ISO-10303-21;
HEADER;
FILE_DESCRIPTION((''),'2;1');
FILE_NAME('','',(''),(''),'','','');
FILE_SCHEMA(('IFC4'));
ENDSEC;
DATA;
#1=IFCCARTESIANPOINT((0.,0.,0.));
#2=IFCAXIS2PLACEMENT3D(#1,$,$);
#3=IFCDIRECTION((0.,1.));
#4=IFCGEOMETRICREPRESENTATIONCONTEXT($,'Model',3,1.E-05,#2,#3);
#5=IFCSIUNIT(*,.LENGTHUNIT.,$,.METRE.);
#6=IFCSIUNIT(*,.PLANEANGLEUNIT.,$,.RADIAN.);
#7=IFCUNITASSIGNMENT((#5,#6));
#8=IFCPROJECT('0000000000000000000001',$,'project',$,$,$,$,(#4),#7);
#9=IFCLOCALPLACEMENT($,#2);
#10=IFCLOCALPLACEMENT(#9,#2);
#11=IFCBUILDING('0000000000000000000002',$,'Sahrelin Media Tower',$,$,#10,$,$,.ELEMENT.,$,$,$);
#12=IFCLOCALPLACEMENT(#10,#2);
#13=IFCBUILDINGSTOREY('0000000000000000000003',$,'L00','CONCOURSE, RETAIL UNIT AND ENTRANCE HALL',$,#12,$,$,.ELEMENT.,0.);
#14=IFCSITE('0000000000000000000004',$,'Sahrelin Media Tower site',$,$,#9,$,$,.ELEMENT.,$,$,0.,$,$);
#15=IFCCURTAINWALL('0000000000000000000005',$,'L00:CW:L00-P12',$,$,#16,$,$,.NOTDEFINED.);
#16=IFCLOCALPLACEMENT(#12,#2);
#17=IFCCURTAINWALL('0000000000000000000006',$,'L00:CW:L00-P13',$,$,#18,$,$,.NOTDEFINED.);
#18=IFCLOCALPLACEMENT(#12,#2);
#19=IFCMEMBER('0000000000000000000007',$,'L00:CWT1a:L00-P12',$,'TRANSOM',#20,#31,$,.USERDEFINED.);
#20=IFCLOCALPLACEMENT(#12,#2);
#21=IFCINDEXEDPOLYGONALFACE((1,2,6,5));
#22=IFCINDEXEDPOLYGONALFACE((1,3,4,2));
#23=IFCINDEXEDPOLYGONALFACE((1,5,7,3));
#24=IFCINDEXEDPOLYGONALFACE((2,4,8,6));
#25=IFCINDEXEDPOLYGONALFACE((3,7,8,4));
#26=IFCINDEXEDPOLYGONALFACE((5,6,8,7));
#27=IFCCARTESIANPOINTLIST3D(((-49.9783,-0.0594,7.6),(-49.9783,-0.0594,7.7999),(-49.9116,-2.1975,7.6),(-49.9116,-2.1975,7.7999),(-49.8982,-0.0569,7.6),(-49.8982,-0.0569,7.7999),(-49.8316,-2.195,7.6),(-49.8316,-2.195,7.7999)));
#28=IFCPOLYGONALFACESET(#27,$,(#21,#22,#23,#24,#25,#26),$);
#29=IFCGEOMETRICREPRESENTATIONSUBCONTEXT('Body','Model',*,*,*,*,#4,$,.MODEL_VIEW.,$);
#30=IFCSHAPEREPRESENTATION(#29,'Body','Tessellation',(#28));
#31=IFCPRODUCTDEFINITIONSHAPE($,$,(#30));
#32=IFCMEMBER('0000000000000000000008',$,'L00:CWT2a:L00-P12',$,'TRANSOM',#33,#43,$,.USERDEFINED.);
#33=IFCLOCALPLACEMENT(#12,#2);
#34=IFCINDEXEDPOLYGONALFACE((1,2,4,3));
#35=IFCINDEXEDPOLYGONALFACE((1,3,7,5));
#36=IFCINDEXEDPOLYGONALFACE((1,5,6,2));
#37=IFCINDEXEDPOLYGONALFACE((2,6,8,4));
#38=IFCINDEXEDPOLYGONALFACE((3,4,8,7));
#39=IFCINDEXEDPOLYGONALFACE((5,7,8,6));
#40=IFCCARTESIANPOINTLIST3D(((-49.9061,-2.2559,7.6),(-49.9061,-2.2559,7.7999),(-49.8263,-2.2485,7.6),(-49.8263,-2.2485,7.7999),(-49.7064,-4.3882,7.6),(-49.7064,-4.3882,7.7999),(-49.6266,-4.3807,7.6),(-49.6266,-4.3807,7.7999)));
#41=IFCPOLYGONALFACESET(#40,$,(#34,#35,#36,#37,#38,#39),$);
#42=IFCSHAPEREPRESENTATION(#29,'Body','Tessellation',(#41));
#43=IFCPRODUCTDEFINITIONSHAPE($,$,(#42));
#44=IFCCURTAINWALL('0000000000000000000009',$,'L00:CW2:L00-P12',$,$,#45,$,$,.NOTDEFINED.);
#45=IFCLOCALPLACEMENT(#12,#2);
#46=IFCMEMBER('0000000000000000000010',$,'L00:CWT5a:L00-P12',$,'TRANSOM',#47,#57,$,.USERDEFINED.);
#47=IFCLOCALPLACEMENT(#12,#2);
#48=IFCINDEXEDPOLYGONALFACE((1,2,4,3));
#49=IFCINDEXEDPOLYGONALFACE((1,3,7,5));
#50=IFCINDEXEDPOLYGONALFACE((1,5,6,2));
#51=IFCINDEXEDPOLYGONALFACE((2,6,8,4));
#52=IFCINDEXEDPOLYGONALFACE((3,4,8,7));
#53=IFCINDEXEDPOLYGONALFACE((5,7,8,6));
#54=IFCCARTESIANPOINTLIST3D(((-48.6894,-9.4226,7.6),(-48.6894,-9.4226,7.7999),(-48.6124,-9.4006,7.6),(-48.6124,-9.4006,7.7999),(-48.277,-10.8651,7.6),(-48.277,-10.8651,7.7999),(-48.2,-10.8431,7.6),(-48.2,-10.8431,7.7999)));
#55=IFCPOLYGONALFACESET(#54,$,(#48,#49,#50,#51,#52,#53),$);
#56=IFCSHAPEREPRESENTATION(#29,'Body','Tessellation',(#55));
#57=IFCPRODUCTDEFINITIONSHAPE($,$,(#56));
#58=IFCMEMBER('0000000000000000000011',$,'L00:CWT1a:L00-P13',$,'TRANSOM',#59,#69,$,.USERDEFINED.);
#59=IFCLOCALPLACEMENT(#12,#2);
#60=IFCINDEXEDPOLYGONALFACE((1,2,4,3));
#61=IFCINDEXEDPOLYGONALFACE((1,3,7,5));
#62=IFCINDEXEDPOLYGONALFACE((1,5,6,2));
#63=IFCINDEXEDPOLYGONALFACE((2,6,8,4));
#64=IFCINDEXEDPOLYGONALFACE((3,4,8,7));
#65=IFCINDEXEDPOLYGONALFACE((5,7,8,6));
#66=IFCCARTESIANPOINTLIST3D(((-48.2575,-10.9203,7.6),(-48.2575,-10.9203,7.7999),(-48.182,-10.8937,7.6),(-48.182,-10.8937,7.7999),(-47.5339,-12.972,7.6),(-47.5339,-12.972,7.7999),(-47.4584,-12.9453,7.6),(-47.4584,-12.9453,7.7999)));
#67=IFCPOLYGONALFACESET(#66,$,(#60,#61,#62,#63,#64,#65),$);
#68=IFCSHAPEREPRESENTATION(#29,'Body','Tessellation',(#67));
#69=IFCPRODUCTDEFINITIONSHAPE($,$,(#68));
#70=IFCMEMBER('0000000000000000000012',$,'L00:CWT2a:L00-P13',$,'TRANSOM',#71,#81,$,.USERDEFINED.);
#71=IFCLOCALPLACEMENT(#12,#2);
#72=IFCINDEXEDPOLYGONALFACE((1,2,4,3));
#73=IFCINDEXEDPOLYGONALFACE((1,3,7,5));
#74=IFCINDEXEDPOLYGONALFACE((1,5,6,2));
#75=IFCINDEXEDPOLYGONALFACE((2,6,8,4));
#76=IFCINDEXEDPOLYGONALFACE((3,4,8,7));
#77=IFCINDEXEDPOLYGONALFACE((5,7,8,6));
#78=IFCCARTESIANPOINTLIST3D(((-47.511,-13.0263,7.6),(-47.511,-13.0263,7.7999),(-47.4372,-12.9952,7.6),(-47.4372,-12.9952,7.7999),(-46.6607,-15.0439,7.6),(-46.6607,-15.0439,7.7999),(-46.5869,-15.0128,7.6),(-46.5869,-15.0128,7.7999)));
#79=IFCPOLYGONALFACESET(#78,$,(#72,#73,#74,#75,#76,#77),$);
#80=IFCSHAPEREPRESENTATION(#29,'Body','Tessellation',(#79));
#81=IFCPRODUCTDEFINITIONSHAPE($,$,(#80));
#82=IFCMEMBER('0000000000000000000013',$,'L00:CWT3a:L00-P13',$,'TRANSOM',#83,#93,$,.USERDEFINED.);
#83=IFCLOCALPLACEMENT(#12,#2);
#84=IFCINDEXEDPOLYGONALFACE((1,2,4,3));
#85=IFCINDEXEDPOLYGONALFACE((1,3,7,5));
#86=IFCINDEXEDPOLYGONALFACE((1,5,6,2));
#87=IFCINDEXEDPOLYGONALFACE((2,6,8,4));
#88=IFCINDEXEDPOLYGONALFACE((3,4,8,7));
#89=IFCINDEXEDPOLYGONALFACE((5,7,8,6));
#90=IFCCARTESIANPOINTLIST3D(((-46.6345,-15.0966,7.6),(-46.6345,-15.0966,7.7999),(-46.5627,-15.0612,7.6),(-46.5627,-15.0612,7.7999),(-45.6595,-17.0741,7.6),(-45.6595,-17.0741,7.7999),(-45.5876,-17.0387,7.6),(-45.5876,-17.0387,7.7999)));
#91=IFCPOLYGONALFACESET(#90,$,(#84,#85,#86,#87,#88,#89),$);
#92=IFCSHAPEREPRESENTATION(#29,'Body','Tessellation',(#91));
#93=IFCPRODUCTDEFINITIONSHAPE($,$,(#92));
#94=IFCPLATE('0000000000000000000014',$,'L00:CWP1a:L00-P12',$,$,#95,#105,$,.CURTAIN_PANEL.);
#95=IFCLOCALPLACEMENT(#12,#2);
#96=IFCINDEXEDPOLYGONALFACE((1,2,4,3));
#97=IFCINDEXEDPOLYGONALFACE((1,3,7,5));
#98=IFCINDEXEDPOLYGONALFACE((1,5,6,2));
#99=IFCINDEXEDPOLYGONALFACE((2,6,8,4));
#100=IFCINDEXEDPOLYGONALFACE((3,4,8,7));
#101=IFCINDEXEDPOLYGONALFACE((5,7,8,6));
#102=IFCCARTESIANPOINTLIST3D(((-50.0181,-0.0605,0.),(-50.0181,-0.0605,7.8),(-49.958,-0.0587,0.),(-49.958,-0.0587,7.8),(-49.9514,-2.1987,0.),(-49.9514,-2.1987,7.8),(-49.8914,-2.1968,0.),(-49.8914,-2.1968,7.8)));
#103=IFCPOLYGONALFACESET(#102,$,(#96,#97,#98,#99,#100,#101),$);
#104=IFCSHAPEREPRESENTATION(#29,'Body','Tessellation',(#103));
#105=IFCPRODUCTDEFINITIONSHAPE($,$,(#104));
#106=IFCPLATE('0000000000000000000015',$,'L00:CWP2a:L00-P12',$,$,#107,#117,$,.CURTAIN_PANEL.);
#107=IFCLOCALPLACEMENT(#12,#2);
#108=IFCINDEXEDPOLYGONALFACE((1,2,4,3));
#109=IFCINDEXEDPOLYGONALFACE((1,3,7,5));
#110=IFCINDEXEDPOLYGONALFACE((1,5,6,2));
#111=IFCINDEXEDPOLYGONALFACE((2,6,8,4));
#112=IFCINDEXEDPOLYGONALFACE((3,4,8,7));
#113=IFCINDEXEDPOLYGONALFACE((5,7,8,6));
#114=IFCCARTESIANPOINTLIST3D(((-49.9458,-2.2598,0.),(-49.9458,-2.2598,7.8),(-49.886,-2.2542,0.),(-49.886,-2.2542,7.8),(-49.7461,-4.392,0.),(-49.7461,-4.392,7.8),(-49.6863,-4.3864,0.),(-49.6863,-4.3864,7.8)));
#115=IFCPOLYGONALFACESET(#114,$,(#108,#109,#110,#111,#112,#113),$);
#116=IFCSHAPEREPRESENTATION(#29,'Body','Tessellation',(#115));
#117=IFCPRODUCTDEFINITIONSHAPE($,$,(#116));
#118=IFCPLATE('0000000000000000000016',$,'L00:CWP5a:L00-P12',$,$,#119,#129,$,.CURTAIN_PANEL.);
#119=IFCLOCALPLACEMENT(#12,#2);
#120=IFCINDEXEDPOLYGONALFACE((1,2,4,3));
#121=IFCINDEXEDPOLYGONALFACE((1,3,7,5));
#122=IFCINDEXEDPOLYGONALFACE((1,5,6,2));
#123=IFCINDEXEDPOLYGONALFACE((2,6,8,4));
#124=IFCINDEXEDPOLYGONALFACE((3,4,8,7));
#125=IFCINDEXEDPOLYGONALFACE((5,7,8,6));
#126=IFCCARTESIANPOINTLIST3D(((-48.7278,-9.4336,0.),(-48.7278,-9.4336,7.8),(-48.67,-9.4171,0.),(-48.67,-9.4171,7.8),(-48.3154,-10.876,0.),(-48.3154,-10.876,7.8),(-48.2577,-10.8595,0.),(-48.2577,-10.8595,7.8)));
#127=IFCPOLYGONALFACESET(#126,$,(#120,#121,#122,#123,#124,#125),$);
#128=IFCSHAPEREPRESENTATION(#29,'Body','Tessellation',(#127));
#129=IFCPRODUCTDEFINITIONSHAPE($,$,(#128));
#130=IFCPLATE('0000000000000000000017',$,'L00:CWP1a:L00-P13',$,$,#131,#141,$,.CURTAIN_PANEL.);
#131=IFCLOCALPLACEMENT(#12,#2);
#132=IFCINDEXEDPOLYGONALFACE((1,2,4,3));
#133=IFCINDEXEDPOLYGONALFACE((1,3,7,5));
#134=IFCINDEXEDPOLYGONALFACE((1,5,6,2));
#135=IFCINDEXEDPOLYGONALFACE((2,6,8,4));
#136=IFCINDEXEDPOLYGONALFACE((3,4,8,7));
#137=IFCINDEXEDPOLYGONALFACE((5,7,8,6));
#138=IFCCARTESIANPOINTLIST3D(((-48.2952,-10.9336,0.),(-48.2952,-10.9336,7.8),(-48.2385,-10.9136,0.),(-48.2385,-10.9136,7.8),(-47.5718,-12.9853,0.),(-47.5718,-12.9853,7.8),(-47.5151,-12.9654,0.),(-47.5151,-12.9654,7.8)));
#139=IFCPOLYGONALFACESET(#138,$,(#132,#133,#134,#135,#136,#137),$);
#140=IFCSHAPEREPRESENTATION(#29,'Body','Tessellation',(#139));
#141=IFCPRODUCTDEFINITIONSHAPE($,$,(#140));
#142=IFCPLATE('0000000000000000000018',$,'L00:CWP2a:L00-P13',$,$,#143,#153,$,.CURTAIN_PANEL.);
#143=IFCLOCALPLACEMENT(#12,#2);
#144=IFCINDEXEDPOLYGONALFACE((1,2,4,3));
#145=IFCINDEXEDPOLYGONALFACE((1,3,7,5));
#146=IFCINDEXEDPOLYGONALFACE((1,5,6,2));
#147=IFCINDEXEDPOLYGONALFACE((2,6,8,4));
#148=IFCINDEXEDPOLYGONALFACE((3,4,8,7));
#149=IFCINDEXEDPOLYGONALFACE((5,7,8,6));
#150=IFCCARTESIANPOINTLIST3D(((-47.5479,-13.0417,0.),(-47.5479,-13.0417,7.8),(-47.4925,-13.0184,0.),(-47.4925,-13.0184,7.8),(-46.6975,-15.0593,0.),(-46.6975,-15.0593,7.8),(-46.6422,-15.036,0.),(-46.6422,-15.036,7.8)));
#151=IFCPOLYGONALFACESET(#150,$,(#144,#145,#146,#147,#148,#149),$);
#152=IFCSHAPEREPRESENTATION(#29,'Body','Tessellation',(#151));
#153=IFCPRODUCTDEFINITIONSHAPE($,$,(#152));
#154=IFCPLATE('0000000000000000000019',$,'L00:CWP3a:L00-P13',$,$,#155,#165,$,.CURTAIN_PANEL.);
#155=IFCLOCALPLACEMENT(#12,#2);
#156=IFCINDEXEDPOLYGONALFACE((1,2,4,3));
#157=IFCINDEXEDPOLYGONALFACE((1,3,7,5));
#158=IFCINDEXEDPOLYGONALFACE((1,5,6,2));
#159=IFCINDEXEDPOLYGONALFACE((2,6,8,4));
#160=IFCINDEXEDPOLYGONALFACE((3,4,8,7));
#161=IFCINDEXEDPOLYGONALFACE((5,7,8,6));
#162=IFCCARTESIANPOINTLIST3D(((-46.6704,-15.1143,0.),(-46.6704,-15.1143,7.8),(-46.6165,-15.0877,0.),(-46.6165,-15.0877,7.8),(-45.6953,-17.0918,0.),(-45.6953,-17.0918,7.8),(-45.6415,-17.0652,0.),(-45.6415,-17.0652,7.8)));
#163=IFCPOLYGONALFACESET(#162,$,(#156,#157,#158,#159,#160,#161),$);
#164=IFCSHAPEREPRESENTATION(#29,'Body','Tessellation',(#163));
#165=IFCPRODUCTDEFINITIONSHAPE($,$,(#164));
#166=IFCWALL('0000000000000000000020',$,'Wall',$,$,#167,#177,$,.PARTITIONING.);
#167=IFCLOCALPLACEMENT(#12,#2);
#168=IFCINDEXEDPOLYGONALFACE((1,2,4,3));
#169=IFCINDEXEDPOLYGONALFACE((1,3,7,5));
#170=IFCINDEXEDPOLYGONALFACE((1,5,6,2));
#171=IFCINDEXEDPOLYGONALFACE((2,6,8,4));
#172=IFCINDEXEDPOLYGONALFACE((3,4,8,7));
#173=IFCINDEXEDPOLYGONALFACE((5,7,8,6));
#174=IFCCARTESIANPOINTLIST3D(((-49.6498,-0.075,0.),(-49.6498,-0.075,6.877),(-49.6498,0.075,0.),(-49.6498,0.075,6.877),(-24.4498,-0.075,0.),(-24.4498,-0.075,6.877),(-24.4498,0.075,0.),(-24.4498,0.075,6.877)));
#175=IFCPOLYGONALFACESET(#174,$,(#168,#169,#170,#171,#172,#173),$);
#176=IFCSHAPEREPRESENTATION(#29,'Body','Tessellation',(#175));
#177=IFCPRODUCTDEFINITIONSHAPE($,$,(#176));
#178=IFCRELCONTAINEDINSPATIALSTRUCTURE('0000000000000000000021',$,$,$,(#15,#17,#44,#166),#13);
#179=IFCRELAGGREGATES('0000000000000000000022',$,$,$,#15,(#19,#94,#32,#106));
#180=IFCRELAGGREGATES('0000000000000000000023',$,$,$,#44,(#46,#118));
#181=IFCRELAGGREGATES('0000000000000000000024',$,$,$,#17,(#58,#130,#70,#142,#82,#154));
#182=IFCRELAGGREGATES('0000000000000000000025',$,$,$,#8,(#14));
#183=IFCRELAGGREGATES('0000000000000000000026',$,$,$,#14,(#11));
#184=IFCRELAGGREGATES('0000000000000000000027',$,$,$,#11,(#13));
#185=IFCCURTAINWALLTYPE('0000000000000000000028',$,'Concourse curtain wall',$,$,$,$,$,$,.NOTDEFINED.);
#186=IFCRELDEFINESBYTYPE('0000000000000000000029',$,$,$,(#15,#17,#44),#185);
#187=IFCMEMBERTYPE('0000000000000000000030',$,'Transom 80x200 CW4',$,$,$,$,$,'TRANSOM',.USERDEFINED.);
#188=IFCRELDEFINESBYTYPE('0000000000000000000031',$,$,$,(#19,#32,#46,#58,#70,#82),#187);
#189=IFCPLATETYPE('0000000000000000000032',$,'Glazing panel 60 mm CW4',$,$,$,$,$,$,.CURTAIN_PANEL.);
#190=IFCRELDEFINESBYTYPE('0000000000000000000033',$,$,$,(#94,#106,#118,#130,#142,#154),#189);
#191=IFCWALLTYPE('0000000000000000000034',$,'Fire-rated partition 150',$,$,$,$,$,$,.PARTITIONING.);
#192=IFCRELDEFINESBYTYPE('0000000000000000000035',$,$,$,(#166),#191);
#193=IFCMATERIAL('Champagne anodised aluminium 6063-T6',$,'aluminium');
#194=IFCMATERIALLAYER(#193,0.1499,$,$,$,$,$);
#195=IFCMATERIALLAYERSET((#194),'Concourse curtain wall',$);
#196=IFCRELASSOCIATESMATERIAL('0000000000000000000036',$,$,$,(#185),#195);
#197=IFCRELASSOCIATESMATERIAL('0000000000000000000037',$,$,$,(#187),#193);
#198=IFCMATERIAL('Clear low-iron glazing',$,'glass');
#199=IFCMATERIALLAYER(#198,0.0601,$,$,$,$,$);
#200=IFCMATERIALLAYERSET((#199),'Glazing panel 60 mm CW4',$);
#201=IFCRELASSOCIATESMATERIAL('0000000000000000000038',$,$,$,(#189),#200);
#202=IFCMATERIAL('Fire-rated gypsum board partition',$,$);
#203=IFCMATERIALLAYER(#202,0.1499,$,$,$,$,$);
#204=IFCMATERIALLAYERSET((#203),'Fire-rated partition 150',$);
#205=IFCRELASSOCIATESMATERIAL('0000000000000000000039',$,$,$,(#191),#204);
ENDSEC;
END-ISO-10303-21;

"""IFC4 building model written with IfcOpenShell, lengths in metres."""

from ifc_helpers import new_model, si_unit, direction, frame, frame_2d, origin, origin_2d, place, context, subcontext, project, spatial, polyline, rectangle, outline, extrude, material, layer, layer_set, material_profile, profile_set, type_object, element, aggregate, save


model = new_model("IFC4")

# Units and contexts
model_context = context("Model", 3, precision=1e-05, world=origin(), true_north=direction((0.0, 1.0)))
body_context = subcontext(model_context, "Body", "Model", "MODEL_VIEW")
ifc_project = project(units=[si_unit("LENGTHUNIT", "METRE"), si_unit("PLANEANGLEUNIT", "RADIAN")], contexts=[model_context])

# Site, building, storey
site_placement = place(None, origin())
site = spatial("IfcSite", under=ifc_project, at=site_placement, Name="Sahrelin Media Tower site", CompositionType="ELEMENT", RefElevation=0.0)
building_placement = place(site_placement, origin())
building = spatial("IfcBuilding", under=site, at=building_placement, Name="Sahrelin Media Tower", CompositionType="ELEMENT")
storey_placement = place(building_placement, origin())
storey = spatial("IfcBuildingStorey", under=building, at=storey_placement, Name="L00", Description="CONCOURSE, RETAIL UNIT AND ENTRANCE HALL", CompositionType="ELEMENT", Elevation=0.0)

# Curtain walls
ifc_material_1 = material(Name="Champagne anodised aluminium 6063-T6", Category="aluminium")
ifc_layer_1 = layer(ifc_material_1, 0.1499)
ifc_layer_set_1 = layer_set([ifc_layer_1], Name="Concourse curtain wall")
curtain_wall_type = type_object("IfcCurtainWallType", Name="Concourse curtain wall", PredefinedType="NOTDEFINED", material=ifc_layer_set_1)
curtain_wall_1_placement = place(storey_placement, frame((-50.0, 0.0, 0.0), z_axis=(0.0, 0.0, 1.0), x_axis=(1.0, 0.0, 0.0)))
curtain_wall_1 = element("IfcCurtainWall", 1, at=curtain_wall_1_placement, inside=storey, type_object=curtain_wall_type, Name="L00:CW:L00-P12", PredefinedType="NOTDEFINED")
curtain_wall_2_placement = place(storey_placement, frame((-48.2964, -10.8704, 0.0), z_axis=(0.0, 0.0, 1.0), x_axis=(1.0, 0.0, 0.0)))
curtain_wall_2 = element("IfcCurtainWall", 2, at=curtain_wall_2_placement, inside=storey, type_object=curtain_wall_type, Name="L00:CW:L00-P13", PredefinedType="NOTDEFINED")

# Members
ifc_material_profile_1 = material_profile(ifc_material_1, rectangle(XDim=0.0801, YDim=0.2, at=origin_2d()), Name="Transom 80x200")
ifc_profile_set_1 = profile_set([ifc_material_profile_1], Name="Champagne anodised aluminium 6063-T6")
member_type_1 = type_object("IfcMemberType", Name="Transom 80x200 CW4", ElementType="TRANSOM", PredefinedType="USERDEFINED", material=ifc_profile_set_1)
member_1_placement = place(storey_placement, frame((-49.9382, -0.0581, 7.7), z_axis=(0.031156, -0.999515, 0.0), x_axis=(0.999515, 0.031156, 0.0)))
member_1 = element("IfcMember", 3, at=member_1_placement, type_object=member_type_1, Name="L00:CWT1a:L00-P12", ObjectType="TRANSOM", PredefinedType="USERDEFINED", context=body_context, shape_type="SweptSolid", body=[
    extrude(rectangle(XDim=0.0801, YDim=0.2, at=origin_2d()), origin(), (0.0, 0.0, 1.0), 2.1392),
])
member_2_placement = place(storey_placement, frame((-49.8662, -2.2522, 7.7), z_axis=(0.093249, -0.995643, 0.0), x_axis=(0.995643, 0.093249, 0.0)))
member_2 = element("IfcMember", 4, at=member_2_placement, type_object=member_type_1, Name="L00:CWT2a:L00-P12", ObjectType="TRANSOM", PredefinedType="USERDEFINED", context=body_context, shape_type="SweptSolid", body=[
    extrude(rectangle(XDim=0.0801, YDim=0.2, at=origin_2d()), origin(), (0.0, 0.0, 1.0), 2.1416),
])

# Curtain wall, member
curtain_wall_3_placement = place(storey_placement, frame((-48.7085, -9.428, 0.0), z_axis=(0.0, 0.0, 1.0), x_axis=(1.0, 0.0, 0.0)))
curtain_wall_3 = element("IfcCurtainWall", 5, at=curtain_wall_3_placement, inside=storey, type_object=curtain_wall_type, Name="L00:CW2:L00-P12", PredefinedType="NOTDEFINED")
member_3_placement = place(storey_placement, frame((-48.6509, -9.4116, 7.7), z_axis=(0.274872, -0.961481, 0.0), x_axis=(0.961481, 0.274872, 0.0)))
member_3 = element("IfcMember", 6, at=member_3_placement, type_object=member_type_1, Name="L00:CWT5a:L00-P12", ObjectType="TRANSOM", PredefinedType="USERDEFINED", context=body_context, shape_type="SweptSolid", body=[
    extrude(rectangle(XDim=0.0801, YDim=0.2, at=origin_2d()), origin(), (0.0, 0.0, 1.0), 1.5002),
])

# Members
member_4_placement = place(storey_placement, frame((-48.2197, -10.907, 7.7), z_axis=(0.332609, -0.943065, 0.0), x_axis=(0.943065, 0.332609, 0.0)))
member_4 = element("IfcMember", 7, at=member_4_placement, type_object=member_type_1, Name="L00:CWT1a:L00-P13", ObjectType="TRANSOM", PredefinedType="USERDEFINED", context=body_context, shape_type="SweptSolid", body=[
    extrude(rectangle(XDim=0.0801, YDim=0.2, at=origin_2d()), origin(), (0.0, 0.0, 1.0), 2.1755),
])
member_5_placement = place(storey_placement, frame((-47.4741, -13.0107, 7.7), z_axis=(0.388381, -0.921499, 0.0), x_axis=(0.921499, 0.388381, 0.0)))
member_5 = element("IfcMember", 8, at=member_5_placement, type_object=member_type_1, Name="L00:CWT2a:L00-P13", ObjectType="TRANSOM", PredefinedType="USERDEFINED", context=body_context, shape_type="SweptSolid", body=[
    extrude(rectangle(XDim=0.0801, YDim=0.2, at=origin_2d()), origin(), (0.0, 0.0, 1.0), 2.1895),
])
member_6_placement = place(storey_placement, frame((-46.5986, -15.0789, 7.7), z_axis=(0.442246, -0.896894, 0.0), x_axis=(0.896894, 0.442246, 0.0)))
member_6 = element("IfcMember", 9, at=member_6_placement, type_object=member_type_1, Name="L00:CWT3a:L00-P13", ObjectType="TRANSOM", PredefinedType="USERDEFINED", context=body_context, shape_type="SweptSolid", body=[
    extrude(rectangle(XDim=0.0801, YDim=0.2, at=origin_2d()), origin(), (0.0, 0.0, 1.0), 2.2048),
])

# Plates
ifc_material_2 = material(Name="Clear low-iron glazing", Category="glass")
ifc_layer_2 = layer(ifc_material_2, 0.0601)
ifc_layer_set_2 = layer_set([ifc_layer_2], Name="Glazing panel 60 mm CW4")
plate_type = type_object("IfcPlateType", Name="Glazing panel 60 mm CW4", PredefinedType="CURTAIN_PANEL", material=ifc_layer_set_2)
plate_1_placement = place(storey_placement, frame((-50.0181, -0.0605, 0.0), z_axis=(-0.999515, -0.031156, 0.0), x_axis=(0.031156, -0.999515, 0.0)))
plate_1 = element("IfcPlate", 10, at=plate_1_placement, type_object=plate_type, Name="L00:CWP1a:L00-P12", PredefinedType="CURTAIN_PANEL", context=body_context, shape_type="SweptSolid", body=[
    extrude(outline(polyline([(0.0, 0.0), (2.1392, 0.0), (2.1392, 7.8), (0.0, 7.8), (0.0, 0.0)])), origin(), (0.0, 0.0, -1.0), 0.0601),
])
plate_2_placement = place(storey_placement, frame((-49.9458, -2.2598, 0.0), z_axis=(-0.995643, -0.093249, 0.0), x_axis=(0.093249, -0.995643, 0.0)))
plate_2 = element("IfcPlate", 11, at=plate_2_placement, type_object=plate_type, Name="L00:CWP2a:L00-P12", PredefinedType="CURTAIN_PANEL", context=body_context, shape_type="SweptSolid", body=[
    extrude(outline(polyline([(0.0, 0.0), (2.1416, 0.0), (2.1416, 7.8), (0.0, 7.8), (0.0, 0.0)])), origin(), (0.0, 0.0, -1.0), 0.0601),
])
aggregate(curtain_wall_1, [member_1, plate_1, member_2, plate_2])
plate_3_placement = place(storey_placement, frame((-48.7278, -9.4336, 0.0), z_axis=(-0.961481, -0.274872, 0.0), x_axis=(0.274872, -0.961481, 0.0)))
plate_3 = element("IfcPlate", 12, at=plate_3_placement, type_object=plate_type, Name="L00:CWP5a:L00-P12", PredefinedType="CURTAIN_PANEL", context=body_context, shape_type="SweptSolid", body=[
    extrude(outline(polyline([(0.0, 0.0), (1.5002, 0.0), (1.5002, 7.8), (0.0, 7.8), (0.0, 0.0)])), origin(), (0.0, 0.0, -1.0), 0.0601),
])
aggregate(curtain_wall_3, [member_3, plate_3])
plate_4_placement = place(storey_placement, frame((-48.2952, -10.9336, 0.0), z_axis=(-0.9431, -0.332509, 0.0), x_axis=(0.332509, -0.9431, 0.0)))
plate_4 = element("IfcPlate", 13, at=plate_4_placement, type_object=plate_type, Name="L00:CWP1a:L00-P13", PredefinedType="CURTAIN_PANEL", context=body_context, shape_type="SweptSolid", body=[
    extrude(outline(polyline([(0.0, 0.0), (2.1755, 0.0), (2.1755, 7.8), (0.0, 7.8), (0.0, 0.0)])), origin(), (0.0, 0.0, -1.0), 0.0601),
])
plate_5_placement = place(storey_placement, frame((-47.5479, -13.0417, 0.0), z_axis=(-0.921499, -0.388381, 0.0), x_axis=(0.388381, -0.921499, 0.0)))
plate_5 = element("IfcPlate", 14, at=plate_5_placement, type_object=plate_type, Name="L00:CWP2a:L00-P13", PredefinedType="CURTAIN_PANEL", context=body_context, shape_type="SweptSolid", body=[
    extrude(outline(polyline([(0.0, 0.0), (2.1895, 0.0), (2.1895, 7.8), (0.0, 7.8), (0.0, 0.0)])), origin(), (0.0, 0.0, -1.0), 0.0601),
])
plate_6_placement = place(storey_placement, frame((-46.6704, -15.1143, 0.0), z_axis=(-0.896894, -0.442246, 0.0), x_axis=(0.442246, -0.896894, 0.0)))
plate_6 = element("IfcPlate", 15, at=plate_6_placement, type_object=plate_type, Name="L00:CWP3a:L00-P13", PredefinedType="CURTAIN_PANEL", context=body_context, shape_type="SweptSolid", body=[
    extrude(outline(polyline([(0.0, 0.0), (2.2048, 0.0), (2.2048, 7.8), (0.0, 7.8), (0.0, 0.0)])), origin(), (0.0, 0.0, -1.0), 0.0601),
])
aggregate(curtain_wall_2, [member_4, plate_4, member_5, plate_5, member_6, plate_6])

# Wall
ifc_material_3 = material(Name="Fire-rated gypsum board partition")
ifc_layer_3 = layer(ifc_material_3, 0.1499)
ifc_layer_set_3 = layer_set([ifc_layer_3], Name="Fire-rated partition 150")
wall_type_1 = type_object("IfcWallType", Name="Fire-rated partition 150", PredefinedType="PARTITIONING", material=ifc_layer_set_3)
wall_1_placement = place(storey_placement, frame((-49.6499, 0.0, 0.0), z_axis=(0.0, 0.0, 1.0), x_axis=(1.0, 0.0, 0.0)))
element("IfcWall", 16, at=wall_1_placement, inside=storey, type_object=wall_type_1, Name="Wall", PredefinedType="PARTITIONING", context=body_context, shape_type="SweptSolid", body=[
    extrude(rectangle(XDim=25.2, YDim=0.1499, at=frame_2d((12.6001, 0.0))), origin(), (0.0, 0.0, 1.0), 6.877),
])

save(model, "model.ifc")
